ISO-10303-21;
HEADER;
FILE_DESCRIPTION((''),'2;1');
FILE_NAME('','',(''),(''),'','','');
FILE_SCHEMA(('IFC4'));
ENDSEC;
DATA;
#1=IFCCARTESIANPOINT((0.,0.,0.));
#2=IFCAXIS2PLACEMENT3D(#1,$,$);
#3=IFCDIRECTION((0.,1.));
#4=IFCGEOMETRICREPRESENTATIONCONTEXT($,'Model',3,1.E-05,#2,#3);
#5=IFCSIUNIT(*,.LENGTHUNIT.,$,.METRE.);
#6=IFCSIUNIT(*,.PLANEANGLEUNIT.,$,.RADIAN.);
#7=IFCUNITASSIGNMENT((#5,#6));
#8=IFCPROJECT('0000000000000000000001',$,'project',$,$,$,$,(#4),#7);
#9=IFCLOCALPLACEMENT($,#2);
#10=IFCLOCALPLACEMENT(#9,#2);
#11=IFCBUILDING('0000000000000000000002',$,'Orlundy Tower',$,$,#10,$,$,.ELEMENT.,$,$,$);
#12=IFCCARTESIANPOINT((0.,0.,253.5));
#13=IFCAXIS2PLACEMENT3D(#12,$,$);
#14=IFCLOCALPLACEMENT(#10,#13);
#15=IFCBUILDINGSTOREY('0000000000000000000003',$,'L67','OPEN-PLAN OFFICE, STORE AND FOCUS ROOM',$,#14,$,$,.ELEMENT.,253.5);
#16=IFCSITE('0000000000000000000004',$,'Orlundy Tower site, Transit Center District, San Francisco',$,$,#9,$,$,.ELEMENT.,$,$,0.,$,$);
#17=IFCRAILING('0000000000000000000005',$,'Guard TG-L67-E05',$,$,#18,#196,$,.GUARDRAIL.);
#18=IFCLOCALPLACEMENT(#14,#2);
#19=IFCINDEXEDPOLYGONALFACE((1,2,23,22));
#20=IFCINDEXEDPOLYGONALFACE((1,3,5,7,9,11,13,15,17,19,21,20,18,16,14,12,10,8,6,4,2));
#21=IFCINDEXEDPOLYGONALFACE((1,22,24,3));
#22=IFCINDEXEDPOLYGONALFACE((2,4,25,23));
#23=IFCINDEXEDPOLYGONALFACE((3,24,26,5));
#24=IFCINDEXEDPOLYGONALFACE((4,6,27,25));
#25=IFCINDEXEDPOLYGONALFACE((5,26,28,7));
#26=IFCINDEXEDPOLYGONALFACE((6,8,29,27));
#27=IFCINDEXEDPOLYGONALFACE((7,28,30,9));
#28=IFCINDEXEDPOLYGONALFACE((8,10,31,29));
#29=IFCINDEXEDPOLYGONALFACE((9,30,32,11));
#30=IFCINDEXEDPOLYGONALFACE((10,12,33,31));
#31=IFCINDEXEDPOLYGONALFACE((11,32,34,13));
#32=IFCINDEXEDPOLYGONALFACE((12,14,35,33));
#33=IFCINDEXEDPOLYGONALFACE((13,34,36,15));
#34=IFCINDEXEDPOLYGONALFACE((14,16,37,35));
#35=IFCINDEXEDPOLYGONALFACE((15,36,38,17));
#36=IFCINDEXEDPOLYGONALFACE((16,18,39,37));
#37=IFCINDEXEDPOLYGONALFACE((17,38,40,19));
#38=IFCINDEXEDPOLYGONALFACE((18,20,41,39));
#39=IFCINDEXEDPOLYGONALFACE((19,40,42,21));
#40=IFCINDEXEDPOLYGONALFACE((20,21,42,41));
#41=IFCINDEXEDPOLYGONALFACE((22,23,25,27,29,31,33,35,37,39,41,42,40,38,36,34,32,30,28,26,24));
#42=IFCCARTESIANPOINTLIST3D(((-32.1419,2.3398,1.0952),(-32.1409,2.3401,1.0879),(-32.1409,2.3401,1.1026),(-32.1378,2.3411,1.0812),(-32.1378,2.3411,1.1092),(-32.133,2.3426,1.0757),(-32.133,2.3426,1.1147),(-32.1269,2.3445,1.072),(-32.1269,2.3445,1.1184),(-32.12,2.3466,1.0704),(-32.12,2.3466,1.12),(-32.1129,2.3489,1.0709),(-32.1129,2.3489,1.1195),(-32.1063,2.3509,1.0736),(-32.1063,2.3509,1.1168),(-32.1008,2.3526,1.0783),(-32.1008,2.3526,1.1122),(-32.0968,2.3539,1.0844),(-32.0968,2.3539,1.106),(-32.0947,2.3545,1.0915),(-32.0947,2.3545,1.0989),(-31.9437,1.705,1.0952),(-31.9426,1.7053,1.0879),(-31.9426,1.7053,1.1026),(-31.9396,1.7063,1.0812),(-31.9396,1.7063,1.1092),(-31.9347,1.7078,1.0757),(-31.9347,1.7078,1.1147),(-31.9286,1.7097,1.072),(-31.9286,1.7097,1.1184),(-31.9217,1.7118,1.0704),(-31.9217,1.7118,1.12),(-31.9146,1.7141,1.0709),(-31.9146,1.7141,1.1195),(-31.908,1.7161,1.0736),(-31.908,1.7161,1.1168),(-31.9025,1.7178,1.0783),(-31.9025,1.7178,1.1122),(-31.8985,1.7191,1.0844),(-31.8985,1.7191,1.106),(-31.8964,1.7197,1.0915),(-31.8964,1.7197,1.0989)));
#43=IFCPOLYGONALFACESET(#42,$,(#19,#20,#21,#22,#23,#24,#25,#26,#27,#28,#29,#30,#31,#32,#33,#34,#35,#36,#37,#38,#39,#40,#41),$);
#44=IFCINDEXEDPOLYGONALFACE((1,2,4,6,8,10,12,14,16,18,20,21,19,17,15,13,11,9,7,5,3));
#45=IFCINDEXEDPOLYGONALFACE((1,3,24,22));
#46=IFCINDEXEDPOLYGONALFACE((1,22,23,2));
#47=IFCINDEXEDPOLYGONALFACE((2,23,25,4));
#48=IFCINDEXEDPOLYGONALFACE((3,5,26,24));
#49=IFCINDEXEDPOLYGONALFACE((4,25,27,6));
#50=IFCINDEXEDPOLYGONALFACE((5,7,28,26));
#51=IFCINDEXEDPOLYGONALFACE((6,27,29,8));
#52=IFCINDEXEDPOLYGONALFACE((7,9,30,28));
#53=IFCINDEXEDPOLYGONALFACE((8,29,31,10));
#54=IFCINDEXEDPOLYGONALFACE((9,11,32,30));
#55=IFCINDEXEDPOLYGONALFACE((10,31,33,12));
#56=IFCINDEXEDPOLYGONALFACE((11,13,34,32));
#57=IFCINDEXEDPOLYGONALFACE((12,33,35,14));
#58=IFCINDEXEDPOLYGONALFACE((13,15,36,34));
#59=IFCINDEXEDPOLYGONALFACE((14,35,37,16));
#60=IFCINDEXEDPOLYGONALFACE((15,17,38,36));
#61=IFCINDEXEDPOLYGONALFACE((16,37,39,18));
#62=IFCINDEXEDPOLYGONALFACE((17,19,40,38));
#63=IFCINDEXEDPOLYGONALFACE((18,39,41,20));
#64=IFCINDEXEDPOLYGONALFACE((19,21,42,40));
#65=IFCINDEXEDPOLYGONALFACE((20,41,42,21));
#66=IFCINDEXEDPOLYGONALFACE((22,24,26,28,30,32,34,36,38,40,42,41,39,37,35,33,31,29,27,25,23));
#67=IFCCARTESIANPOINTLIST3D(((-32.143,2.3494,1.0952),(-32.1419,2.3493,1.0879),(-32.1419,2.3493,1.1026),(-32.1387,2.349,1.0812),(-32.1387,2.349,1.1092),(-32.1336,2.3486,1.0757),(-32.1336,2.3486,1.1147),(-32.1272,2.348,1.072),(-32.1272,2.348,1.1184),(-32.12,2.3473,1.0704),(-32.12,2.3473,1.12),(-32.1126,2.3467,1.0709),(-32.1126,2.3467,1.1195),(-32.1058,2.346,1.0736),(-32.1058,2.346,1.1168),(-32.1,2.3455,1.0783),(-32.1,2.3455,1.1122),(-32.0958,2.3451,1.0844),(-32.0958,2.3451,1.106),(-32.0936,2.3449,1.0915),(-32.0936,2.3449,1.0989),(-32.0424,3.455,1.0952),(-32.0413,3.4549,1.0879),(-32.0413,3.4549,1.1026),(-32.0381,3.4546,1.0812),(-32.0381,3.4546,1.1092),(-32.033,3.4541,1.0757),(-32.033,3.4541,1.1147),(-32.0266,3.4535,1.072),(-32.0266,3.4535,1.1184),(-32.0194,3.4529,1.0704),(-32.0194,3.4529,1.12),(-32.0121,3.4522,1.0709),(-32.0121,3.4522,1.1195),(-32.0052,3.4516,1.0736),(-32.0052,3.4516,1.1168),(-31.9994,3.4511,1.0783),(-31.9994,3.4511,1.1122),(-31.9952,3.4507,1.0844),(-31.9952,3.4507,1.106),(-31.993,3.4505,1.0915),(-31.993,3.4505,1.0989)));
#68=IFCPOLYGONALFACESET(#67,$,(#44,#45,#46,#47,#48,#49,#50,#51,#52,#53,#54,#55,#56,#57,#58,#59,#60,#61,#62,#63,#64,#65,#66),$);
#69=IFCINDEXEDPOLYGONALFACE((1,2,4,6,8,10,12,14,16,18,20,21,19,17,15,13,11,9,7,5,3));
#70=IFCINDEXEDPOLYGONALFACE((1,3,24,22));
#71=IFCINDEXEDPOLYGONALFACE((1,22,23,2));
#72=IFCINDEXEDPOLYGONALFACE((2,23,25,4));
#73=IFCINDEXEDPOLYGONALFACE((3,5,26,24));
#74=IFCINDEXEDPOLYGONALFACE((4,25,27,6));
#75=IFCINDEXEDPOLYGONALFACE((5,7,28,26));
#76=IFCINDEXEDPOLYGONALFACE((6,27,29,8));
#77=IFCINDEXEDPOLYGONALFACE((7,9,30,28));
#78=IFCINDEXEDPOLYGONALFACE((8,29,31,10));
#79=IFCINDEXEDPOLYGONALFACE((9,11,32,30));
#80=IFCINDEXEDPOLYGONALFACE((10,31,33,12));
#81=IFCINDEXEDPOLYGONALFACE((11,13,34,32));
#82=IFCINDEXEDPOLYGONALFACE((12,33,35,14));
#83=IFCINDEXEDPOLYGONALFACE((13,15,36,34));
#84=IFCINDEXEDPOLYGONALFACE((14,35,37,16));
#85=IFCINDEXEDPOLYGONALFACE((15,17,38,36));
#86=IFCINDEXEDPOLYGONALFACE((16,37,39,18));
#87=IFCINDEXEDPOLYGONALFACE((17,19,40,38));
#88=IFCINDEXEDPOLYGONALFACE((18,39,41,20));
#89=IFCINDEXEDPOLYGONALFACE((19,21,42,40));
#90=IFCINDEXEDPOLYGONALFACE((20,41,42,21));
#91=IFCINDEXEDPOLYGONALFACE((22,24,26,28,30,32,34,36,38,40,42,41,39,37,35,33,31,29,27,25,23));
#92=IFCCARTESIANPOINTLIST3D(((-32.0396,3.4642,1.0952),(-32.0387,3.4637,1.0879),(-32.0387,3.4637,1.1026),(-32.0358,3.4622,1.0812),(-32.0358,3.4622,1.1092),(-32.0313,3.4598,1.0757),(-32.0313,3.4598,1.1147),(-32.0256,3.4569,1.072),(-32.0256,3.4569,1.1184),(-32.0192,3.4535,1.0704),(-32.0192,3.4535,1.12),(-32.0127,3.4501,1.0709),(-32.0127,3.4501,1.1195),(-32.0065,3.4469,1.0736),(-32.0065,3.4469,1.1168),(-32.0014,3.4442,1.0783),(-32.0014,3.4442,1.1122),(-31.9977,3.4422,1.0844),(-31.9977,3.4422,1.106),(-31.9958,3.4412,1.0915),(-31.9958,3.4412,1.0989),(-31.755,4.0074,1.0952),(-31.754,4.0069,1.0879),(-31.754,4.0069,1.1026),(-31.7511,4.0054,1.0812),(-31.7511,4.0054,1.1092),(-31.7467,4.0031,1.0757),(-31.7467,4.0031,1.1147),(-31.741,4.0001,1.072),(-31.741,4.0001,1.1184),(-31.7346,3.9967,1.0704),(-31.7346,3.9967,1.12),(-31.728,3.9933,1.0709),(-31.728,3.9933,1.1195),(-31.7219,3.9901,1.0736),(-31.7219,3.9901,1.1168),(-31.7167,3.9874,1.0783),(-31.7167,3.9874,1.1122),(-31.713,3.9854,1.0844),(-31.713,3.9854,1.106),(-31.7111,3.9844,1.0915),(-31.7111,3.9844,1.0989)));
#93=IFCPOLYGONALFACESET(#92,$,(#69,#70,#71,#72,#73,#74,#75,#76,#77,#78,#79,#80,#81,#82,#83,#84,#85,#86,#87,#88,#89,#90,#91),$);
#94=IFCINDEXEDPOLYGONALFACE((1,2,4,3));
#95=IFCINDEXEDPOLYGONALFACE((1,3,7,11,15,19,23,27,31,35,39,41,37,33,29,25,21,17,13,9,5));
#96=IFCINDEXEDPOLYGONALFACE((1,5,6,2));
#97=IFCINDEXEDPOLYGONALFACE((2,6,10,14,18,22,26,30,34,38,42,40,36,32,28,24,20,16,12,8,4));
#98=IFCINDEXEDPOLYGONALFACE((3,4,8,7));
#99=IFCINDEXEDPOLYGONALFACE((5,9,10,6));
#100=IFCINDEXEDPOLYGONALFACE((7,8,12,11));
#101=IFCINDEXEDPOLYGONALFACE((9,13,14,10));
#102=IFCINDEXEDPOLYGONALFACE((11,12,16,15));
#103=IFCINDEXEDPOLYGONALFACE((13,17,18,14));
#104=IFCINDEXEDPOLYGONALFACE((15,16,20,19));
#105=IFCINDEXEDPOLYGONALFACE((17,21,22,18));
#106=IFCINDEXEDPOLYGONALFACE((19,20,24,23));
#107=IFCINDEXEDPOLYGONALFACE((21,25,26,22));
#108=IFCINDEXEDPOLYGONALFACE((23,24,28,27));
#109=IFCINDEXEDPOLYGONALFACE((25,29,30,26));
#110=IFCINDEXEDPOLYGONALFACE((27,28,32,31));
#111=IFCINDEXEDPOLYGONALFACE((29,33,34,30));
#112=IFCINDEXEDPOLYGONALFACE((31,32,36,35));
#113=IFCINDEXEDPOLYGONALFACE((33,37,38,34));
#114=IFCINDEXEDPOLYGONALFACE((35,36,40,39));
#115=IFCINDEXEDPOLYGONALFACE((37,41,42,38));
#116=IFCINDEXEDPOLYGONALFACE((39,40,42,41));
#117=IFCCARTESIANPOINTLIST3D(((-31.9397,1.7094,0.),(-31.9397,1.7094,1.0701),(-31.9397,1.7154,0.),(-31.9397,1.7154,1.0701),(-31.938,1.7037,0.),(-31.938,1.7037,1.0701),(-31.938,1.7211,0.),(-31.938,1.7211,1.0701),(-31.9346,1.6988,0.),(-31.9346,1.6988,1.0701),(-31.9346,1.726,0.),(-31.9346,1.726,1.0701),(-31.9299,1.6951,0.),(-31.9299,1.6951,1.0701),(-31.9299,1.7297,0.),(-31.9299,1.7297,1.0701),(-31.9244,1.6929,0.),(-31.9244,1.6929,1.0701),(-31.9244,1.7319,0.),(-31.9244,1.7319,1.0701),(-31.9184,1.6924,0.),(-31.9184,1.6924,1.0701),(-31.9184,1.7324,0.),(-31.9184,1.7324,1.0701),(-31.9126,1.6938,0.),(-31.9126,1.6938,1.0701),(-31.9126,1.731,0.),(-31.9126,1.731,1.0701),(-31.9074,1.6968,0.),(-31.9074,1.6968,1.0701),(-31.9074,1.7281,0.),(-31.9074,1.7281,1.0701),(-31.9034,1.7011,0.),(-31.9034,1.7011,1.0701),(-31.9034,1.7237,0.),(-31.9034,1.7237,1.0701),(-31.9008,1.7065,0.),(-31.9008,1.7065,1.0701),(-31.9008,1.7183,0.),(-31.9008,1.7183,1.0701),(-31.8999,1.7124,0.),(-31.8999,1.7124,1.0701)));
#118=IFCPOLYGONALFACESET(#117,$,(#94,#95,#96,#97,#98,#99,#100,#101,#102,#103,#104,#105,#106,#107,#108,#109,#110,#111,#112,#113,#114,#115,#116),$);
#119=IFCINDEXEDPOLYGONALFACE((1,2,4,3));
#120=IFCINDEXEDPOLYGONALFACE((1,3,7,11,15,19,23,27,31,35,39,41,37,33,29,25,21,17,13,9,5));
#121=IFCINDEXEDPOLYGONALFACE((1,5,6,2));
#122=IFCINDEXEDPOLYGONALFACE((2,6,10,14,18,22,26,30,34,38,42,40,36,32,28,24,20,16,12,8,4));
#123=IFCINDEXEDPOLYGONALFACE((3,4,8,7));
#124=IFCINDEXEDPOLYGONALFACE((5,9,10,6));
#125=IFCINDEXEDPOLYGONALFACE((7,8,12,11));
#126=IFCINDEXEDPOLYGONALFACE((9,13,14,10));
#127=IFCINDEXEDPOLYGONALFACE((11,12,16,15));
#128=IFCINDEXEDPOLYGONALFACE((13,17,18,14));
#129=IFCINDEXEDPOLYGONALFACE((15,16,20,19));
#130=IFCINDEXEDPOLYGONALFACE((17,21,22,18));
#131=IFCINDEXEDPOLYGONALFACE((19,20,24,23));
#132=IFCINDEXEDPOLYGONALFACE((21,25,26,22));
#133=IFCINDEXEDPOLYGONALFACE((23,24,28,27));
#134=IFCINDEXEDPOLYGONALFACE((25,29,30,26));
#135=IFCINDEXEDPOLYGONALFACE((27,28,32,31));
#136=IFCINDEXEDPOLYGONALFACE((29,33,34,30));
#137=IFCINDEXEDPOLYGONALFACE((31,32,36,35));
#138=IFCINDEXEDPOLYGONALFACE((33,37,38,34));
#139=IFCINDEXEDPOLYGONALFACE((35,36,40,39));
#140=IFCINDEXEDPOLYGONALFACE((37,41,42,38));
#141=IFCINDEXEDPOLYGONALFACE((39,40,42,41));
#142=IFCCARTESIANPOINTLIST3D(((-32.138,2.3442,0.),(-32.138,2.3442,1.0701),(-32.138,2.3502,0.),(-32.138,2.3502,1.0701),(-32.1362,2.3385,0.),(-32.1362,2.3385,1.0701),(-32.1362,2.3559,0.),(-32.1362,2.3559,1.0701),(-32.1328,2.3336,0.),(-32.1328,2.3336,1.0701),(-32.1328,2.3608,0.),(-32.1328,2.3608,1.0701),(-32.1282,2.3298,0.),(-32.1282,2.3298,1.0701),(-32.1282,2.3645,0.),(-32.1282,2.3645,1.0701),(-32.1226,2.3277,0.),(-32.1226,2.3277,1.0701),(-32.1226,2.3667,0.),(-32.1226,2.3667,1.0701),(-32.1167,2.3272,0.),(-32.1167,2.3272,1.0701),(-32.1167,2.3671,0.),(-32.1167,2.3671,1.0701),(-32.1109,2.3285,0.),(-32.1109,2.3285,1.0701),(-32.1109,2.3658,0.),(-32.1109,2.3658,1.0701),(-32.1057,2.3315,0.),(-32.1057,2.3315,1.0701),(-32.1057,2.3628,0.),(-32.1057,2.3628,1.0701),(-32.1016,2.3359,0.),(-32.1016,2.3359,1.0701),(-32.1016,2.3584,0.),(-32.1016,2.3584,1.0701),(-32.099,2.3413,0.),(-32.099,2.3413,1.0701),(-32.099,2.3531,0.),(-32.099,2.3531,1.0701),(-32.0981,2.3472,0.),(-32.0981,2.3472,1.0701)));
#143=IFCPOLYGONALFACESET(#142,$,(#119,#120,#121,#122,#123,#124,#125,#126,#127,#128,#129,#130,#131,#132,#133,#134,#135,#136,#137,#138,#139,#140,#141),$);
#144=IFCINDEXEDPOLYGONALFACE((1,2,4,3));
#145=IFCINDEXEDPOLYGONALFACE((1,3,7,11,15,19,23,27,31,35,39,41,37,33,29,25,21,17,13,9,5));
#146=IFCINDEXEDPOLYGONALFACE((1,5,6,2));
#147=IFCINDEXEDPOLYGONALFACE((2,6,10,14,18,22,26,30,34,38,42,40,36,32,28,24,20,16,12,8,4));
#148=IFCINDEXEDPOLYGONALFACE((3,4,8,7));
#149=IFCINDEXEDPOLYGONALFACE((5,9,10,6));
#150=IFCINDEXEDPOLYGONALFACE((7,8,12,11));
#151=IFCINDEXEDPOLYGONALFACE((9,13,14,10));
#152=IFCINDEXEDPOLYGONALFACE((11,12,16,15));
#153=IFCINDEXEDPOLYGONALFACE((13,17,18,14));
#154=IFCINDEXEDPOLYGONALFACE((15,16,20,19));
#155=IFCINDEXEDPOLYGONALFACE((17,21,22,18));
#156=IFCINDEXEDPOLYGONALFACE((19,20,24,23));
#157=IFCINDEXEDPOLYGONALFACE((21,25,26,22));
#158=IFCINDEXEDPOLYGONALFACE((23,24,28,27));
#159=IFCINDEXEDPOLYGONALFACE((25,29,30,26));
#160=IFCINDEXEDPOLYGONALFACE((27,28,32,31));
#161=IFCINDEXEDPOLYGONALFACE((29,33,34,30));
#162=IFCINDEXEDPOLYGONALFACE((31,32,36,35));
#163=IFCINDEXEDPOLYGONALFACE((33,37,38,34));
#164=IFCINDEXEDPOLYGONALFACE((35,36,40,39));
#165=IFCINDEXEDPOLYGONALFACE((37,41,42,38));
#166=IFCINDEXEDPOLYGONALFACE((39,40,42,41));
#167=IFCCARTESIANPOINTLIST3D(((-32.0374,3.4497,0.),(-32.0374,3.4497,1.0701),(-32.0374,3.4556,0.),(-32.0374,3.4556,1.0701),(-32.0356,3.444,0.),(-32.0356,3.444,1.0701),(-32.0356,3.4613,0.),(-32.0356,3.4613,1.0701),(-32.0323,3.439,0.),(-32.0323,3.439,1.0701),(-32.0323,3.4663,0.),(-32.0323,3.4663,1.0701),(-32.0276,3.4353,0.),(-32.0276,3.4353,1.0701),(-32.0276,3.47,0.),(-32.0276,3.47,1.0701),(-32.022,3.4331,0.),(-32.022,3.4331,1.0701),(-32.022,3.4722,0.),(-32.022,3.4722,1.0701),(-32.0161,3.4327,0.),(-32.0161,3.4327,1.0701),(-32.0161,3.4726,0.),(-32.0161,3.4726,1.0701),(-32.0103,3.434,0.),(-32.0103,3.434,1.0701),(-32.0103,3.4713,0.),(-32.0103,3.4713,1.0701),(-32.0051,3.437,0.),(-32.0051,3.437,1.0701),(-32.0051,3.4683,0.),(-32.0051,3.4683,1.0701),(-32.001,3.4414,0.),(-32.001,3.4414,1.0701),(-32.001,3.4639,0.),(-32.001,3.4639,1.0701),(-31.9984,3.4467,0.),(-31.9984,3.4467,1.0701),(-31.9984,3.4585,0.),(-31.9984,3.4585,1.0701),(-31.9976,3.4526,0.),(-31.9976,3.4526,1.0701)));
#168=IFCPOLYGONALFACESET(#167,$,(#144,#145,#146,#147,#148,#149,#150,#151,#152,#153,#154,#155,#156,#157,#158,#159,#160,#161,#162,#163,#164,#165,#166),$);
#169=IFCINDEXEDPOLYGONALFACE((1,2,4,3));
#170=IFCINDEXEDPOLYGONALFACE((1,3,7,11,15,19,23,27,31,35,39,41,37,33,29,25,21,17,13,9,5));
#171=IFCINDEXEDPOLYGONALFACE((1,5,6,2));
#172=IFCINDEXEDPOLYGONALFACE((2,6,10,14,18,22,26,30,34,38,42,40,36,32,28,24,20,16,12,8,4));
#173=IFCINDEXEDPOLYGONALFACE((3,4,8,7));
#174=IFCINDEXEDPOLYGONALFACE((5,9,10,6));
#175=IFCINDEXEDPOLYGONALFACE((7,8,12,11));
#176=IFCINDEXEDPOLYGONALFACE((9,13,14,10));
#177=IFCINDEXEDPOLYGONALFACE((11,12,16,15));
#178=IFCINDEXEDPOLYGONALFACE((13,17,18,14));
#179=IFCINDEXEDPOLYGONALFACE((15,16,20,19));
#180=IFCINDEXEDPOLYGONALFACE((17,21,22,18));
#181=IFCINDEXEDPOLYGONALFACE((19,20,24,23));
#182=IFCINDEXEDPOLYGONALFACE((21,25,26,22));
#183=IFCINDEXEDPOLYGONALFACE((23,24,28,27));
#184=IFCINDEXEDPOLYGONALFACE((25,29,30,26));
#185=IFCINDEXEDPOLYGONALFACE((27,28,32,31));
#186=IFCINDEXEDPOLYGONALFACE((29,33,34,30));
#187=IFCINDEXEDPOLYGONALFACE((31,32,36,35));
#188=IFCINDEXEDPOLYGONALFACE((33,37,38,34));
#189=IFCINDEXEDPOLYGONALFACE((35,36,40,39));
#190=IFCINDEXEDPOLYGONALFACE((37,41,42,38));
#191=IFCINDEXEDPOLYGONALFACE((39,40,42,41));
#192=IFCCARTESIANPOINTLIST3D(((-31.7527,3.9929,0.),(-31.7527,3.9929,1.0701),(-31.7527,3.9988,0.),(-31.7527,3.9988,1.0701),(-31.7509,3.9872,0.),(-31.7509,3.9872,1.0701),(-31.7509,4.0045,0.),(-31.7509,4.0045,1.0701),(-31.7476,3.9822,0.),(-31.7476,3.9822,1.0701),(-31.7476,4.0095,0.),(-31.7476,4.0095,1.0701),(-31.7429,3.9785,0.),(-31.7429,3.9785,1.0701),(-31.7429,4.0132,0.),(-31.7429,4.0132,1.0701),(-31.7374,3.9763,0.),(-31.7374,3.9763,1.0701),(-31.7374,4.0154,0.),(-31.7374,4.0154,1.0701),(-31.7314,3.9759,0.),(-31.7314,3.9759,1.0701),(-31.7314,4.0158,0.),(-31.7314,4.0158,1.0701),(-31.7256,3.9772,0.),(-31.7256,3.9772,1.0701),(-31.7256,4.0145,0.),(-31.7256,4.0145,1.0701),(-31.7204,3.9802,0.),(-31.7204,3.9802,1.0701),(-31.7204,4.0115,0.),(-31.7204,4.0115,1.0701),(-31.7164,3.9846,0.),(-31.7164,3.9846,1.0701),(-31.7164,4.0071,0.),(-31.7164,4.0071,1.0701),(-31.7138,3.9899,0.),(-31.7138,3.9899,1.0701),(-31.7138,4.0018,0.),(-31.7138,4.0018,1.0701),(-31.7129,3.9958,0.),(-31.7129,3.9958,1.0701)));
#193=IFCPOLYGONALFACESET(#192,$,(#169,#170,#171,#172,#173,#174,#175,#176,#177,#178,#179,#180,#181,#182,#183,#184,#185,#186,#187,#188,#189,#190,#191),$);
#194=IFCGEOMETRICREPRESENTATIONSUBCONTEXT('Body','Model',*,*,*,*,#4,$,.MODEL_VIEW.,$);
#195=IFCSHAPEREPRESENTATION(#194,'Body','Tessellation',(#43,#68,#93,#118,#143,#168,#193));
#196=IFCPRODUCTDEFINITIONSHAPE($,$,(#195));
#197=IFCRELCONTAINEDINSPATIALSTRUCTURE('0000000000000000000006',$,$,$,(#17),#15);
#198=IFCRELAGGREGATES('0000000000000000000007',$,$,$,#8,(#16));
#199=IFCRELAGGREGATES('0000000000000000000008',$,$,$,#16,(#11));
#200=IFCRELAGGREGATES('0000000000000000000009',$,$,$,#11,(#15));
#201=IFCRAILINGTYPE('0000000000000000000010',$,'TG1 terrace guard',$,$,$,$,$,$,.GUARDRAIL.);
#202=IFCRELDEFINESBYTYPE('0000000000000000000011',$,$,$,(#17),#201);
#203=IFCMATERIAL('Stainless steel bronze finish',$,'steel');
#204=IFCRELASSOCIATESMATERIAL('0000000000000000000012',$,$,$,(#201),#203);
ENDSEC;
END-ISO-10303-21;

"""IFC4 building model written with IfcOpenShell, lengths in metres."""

from ifc_helpers import new_model, si_unit, direction, frame, origin, origin_2d, place, context, subcontext, project, spatial, circle, extrude, material, type_object, element, save


model = new_model("IFC4")

# Units and contexts
model_context = context("Model", 3, precision=1e-05, world=origin(), true_north=direction((0.0, 1.0)))
body_context = subcontext(model_context, "Body", "Model", "MODEL_VIEW")
ifc_project = project(units=[si_unit("LENGTHUNIT", "METRE"), si_unit("PLANEANGLEUNIT", "RADIAN")], contexts=[model_context])

# Site, building, storey
site_placement = place(None, origin())
site = spatial("IfcSite", under=ifc_project, at=site_placement, Name="Orlundy Tower site, Transit Center District, San Francisco", CompositionType="ELEMENT", RefElevation=0.0)
building_placement = place(site_placement, origin())
building = spatial("IfcBuilding", under=site, at=building_placement, Name="Orlundy Tower", CompositionType="ELEMENT")
storey_placement = place(building_placement, frame((0.0, 0.0, 253.5)))
storey = spatial("IfcBuildingStorey", under=building, at=storey_placement, Name="L67", Description="OPEN-PLAN OFFICE, STORE AND FOCUS ROOM", CompositionType="ELEMENT", Elevation=253.5)

# Railing
ifc_material_1 = material(Name="Stainless steel bronze finish", Category="steel")
railing_type_1 = type_object("IfcRailingType", Name="TG1 terrace guard", PredefinedType="GUARDRAIL", material=ifc_material_1)
railing_1_placement = place(storey_placement, frame((-31.9199, 1.7124, 0.0)))
element("IfcRailing", 1, at=railing_1_placement, inside=storey, type_object=railing_type_1, Name="Guard TG-L67-E05", PredefinedType="GUARDRAIL", context=body_context, shape_type="SweptSolid", body=[
    extrude(circle(Radius=0.0249, at=origin_2d()), frame((0.0, 0.0, 1.0952), z_axis=(-0.298108, 0.954532, 0.0), x_axis=(-0.954532, -0.298108, 0.0)), (0.0, 0.0, 1.0), 0.665),
    extrude(circle(Radius=0.0249, at=origin_2d()), frame((-0.1982, 0.6348, 1.0952), z_axis=(0.090615, 0.995886, 0.0), x_axis=(-0.995886, 0.090615, 0.0)), (0.0, 0.0, 1.0), 1.1101),
    extrude(circle(Radius=0.0249, at=origin_2d()), frame((-0.0977, 1.7402, 1.0952), z_axis=(0.464171, 0.885746, 0.0), x_axis=(-0.885746, 0.464171, 0.0)), (0.0, 0.0, 1.0), 0.6133),
    extrude(circle(Radius=0.02, at=origin_2d()), origin(), (0.0, 0.0, 1.0), 1.0701),
    extrude(circle(Radius=0.02, at=origin_2d()), frame((-0.1982, 0.6348, 0.0)), (0.0, 0.0, 1.0), 1.0701),
    extrude(circle(Radius=0.02, at=origin_2d()), frame((-0.0977, 1.7402, 0.0)), (0.0, 0.0, 1.0), 1.0701),
    extrude(circle(Radius=0.02, at=origin_2d()), frame((0.187, 2.2834, 0.0)), (0.0, 0.0, 1.0), 1.0701),
])

save(model, "model.ifc")
